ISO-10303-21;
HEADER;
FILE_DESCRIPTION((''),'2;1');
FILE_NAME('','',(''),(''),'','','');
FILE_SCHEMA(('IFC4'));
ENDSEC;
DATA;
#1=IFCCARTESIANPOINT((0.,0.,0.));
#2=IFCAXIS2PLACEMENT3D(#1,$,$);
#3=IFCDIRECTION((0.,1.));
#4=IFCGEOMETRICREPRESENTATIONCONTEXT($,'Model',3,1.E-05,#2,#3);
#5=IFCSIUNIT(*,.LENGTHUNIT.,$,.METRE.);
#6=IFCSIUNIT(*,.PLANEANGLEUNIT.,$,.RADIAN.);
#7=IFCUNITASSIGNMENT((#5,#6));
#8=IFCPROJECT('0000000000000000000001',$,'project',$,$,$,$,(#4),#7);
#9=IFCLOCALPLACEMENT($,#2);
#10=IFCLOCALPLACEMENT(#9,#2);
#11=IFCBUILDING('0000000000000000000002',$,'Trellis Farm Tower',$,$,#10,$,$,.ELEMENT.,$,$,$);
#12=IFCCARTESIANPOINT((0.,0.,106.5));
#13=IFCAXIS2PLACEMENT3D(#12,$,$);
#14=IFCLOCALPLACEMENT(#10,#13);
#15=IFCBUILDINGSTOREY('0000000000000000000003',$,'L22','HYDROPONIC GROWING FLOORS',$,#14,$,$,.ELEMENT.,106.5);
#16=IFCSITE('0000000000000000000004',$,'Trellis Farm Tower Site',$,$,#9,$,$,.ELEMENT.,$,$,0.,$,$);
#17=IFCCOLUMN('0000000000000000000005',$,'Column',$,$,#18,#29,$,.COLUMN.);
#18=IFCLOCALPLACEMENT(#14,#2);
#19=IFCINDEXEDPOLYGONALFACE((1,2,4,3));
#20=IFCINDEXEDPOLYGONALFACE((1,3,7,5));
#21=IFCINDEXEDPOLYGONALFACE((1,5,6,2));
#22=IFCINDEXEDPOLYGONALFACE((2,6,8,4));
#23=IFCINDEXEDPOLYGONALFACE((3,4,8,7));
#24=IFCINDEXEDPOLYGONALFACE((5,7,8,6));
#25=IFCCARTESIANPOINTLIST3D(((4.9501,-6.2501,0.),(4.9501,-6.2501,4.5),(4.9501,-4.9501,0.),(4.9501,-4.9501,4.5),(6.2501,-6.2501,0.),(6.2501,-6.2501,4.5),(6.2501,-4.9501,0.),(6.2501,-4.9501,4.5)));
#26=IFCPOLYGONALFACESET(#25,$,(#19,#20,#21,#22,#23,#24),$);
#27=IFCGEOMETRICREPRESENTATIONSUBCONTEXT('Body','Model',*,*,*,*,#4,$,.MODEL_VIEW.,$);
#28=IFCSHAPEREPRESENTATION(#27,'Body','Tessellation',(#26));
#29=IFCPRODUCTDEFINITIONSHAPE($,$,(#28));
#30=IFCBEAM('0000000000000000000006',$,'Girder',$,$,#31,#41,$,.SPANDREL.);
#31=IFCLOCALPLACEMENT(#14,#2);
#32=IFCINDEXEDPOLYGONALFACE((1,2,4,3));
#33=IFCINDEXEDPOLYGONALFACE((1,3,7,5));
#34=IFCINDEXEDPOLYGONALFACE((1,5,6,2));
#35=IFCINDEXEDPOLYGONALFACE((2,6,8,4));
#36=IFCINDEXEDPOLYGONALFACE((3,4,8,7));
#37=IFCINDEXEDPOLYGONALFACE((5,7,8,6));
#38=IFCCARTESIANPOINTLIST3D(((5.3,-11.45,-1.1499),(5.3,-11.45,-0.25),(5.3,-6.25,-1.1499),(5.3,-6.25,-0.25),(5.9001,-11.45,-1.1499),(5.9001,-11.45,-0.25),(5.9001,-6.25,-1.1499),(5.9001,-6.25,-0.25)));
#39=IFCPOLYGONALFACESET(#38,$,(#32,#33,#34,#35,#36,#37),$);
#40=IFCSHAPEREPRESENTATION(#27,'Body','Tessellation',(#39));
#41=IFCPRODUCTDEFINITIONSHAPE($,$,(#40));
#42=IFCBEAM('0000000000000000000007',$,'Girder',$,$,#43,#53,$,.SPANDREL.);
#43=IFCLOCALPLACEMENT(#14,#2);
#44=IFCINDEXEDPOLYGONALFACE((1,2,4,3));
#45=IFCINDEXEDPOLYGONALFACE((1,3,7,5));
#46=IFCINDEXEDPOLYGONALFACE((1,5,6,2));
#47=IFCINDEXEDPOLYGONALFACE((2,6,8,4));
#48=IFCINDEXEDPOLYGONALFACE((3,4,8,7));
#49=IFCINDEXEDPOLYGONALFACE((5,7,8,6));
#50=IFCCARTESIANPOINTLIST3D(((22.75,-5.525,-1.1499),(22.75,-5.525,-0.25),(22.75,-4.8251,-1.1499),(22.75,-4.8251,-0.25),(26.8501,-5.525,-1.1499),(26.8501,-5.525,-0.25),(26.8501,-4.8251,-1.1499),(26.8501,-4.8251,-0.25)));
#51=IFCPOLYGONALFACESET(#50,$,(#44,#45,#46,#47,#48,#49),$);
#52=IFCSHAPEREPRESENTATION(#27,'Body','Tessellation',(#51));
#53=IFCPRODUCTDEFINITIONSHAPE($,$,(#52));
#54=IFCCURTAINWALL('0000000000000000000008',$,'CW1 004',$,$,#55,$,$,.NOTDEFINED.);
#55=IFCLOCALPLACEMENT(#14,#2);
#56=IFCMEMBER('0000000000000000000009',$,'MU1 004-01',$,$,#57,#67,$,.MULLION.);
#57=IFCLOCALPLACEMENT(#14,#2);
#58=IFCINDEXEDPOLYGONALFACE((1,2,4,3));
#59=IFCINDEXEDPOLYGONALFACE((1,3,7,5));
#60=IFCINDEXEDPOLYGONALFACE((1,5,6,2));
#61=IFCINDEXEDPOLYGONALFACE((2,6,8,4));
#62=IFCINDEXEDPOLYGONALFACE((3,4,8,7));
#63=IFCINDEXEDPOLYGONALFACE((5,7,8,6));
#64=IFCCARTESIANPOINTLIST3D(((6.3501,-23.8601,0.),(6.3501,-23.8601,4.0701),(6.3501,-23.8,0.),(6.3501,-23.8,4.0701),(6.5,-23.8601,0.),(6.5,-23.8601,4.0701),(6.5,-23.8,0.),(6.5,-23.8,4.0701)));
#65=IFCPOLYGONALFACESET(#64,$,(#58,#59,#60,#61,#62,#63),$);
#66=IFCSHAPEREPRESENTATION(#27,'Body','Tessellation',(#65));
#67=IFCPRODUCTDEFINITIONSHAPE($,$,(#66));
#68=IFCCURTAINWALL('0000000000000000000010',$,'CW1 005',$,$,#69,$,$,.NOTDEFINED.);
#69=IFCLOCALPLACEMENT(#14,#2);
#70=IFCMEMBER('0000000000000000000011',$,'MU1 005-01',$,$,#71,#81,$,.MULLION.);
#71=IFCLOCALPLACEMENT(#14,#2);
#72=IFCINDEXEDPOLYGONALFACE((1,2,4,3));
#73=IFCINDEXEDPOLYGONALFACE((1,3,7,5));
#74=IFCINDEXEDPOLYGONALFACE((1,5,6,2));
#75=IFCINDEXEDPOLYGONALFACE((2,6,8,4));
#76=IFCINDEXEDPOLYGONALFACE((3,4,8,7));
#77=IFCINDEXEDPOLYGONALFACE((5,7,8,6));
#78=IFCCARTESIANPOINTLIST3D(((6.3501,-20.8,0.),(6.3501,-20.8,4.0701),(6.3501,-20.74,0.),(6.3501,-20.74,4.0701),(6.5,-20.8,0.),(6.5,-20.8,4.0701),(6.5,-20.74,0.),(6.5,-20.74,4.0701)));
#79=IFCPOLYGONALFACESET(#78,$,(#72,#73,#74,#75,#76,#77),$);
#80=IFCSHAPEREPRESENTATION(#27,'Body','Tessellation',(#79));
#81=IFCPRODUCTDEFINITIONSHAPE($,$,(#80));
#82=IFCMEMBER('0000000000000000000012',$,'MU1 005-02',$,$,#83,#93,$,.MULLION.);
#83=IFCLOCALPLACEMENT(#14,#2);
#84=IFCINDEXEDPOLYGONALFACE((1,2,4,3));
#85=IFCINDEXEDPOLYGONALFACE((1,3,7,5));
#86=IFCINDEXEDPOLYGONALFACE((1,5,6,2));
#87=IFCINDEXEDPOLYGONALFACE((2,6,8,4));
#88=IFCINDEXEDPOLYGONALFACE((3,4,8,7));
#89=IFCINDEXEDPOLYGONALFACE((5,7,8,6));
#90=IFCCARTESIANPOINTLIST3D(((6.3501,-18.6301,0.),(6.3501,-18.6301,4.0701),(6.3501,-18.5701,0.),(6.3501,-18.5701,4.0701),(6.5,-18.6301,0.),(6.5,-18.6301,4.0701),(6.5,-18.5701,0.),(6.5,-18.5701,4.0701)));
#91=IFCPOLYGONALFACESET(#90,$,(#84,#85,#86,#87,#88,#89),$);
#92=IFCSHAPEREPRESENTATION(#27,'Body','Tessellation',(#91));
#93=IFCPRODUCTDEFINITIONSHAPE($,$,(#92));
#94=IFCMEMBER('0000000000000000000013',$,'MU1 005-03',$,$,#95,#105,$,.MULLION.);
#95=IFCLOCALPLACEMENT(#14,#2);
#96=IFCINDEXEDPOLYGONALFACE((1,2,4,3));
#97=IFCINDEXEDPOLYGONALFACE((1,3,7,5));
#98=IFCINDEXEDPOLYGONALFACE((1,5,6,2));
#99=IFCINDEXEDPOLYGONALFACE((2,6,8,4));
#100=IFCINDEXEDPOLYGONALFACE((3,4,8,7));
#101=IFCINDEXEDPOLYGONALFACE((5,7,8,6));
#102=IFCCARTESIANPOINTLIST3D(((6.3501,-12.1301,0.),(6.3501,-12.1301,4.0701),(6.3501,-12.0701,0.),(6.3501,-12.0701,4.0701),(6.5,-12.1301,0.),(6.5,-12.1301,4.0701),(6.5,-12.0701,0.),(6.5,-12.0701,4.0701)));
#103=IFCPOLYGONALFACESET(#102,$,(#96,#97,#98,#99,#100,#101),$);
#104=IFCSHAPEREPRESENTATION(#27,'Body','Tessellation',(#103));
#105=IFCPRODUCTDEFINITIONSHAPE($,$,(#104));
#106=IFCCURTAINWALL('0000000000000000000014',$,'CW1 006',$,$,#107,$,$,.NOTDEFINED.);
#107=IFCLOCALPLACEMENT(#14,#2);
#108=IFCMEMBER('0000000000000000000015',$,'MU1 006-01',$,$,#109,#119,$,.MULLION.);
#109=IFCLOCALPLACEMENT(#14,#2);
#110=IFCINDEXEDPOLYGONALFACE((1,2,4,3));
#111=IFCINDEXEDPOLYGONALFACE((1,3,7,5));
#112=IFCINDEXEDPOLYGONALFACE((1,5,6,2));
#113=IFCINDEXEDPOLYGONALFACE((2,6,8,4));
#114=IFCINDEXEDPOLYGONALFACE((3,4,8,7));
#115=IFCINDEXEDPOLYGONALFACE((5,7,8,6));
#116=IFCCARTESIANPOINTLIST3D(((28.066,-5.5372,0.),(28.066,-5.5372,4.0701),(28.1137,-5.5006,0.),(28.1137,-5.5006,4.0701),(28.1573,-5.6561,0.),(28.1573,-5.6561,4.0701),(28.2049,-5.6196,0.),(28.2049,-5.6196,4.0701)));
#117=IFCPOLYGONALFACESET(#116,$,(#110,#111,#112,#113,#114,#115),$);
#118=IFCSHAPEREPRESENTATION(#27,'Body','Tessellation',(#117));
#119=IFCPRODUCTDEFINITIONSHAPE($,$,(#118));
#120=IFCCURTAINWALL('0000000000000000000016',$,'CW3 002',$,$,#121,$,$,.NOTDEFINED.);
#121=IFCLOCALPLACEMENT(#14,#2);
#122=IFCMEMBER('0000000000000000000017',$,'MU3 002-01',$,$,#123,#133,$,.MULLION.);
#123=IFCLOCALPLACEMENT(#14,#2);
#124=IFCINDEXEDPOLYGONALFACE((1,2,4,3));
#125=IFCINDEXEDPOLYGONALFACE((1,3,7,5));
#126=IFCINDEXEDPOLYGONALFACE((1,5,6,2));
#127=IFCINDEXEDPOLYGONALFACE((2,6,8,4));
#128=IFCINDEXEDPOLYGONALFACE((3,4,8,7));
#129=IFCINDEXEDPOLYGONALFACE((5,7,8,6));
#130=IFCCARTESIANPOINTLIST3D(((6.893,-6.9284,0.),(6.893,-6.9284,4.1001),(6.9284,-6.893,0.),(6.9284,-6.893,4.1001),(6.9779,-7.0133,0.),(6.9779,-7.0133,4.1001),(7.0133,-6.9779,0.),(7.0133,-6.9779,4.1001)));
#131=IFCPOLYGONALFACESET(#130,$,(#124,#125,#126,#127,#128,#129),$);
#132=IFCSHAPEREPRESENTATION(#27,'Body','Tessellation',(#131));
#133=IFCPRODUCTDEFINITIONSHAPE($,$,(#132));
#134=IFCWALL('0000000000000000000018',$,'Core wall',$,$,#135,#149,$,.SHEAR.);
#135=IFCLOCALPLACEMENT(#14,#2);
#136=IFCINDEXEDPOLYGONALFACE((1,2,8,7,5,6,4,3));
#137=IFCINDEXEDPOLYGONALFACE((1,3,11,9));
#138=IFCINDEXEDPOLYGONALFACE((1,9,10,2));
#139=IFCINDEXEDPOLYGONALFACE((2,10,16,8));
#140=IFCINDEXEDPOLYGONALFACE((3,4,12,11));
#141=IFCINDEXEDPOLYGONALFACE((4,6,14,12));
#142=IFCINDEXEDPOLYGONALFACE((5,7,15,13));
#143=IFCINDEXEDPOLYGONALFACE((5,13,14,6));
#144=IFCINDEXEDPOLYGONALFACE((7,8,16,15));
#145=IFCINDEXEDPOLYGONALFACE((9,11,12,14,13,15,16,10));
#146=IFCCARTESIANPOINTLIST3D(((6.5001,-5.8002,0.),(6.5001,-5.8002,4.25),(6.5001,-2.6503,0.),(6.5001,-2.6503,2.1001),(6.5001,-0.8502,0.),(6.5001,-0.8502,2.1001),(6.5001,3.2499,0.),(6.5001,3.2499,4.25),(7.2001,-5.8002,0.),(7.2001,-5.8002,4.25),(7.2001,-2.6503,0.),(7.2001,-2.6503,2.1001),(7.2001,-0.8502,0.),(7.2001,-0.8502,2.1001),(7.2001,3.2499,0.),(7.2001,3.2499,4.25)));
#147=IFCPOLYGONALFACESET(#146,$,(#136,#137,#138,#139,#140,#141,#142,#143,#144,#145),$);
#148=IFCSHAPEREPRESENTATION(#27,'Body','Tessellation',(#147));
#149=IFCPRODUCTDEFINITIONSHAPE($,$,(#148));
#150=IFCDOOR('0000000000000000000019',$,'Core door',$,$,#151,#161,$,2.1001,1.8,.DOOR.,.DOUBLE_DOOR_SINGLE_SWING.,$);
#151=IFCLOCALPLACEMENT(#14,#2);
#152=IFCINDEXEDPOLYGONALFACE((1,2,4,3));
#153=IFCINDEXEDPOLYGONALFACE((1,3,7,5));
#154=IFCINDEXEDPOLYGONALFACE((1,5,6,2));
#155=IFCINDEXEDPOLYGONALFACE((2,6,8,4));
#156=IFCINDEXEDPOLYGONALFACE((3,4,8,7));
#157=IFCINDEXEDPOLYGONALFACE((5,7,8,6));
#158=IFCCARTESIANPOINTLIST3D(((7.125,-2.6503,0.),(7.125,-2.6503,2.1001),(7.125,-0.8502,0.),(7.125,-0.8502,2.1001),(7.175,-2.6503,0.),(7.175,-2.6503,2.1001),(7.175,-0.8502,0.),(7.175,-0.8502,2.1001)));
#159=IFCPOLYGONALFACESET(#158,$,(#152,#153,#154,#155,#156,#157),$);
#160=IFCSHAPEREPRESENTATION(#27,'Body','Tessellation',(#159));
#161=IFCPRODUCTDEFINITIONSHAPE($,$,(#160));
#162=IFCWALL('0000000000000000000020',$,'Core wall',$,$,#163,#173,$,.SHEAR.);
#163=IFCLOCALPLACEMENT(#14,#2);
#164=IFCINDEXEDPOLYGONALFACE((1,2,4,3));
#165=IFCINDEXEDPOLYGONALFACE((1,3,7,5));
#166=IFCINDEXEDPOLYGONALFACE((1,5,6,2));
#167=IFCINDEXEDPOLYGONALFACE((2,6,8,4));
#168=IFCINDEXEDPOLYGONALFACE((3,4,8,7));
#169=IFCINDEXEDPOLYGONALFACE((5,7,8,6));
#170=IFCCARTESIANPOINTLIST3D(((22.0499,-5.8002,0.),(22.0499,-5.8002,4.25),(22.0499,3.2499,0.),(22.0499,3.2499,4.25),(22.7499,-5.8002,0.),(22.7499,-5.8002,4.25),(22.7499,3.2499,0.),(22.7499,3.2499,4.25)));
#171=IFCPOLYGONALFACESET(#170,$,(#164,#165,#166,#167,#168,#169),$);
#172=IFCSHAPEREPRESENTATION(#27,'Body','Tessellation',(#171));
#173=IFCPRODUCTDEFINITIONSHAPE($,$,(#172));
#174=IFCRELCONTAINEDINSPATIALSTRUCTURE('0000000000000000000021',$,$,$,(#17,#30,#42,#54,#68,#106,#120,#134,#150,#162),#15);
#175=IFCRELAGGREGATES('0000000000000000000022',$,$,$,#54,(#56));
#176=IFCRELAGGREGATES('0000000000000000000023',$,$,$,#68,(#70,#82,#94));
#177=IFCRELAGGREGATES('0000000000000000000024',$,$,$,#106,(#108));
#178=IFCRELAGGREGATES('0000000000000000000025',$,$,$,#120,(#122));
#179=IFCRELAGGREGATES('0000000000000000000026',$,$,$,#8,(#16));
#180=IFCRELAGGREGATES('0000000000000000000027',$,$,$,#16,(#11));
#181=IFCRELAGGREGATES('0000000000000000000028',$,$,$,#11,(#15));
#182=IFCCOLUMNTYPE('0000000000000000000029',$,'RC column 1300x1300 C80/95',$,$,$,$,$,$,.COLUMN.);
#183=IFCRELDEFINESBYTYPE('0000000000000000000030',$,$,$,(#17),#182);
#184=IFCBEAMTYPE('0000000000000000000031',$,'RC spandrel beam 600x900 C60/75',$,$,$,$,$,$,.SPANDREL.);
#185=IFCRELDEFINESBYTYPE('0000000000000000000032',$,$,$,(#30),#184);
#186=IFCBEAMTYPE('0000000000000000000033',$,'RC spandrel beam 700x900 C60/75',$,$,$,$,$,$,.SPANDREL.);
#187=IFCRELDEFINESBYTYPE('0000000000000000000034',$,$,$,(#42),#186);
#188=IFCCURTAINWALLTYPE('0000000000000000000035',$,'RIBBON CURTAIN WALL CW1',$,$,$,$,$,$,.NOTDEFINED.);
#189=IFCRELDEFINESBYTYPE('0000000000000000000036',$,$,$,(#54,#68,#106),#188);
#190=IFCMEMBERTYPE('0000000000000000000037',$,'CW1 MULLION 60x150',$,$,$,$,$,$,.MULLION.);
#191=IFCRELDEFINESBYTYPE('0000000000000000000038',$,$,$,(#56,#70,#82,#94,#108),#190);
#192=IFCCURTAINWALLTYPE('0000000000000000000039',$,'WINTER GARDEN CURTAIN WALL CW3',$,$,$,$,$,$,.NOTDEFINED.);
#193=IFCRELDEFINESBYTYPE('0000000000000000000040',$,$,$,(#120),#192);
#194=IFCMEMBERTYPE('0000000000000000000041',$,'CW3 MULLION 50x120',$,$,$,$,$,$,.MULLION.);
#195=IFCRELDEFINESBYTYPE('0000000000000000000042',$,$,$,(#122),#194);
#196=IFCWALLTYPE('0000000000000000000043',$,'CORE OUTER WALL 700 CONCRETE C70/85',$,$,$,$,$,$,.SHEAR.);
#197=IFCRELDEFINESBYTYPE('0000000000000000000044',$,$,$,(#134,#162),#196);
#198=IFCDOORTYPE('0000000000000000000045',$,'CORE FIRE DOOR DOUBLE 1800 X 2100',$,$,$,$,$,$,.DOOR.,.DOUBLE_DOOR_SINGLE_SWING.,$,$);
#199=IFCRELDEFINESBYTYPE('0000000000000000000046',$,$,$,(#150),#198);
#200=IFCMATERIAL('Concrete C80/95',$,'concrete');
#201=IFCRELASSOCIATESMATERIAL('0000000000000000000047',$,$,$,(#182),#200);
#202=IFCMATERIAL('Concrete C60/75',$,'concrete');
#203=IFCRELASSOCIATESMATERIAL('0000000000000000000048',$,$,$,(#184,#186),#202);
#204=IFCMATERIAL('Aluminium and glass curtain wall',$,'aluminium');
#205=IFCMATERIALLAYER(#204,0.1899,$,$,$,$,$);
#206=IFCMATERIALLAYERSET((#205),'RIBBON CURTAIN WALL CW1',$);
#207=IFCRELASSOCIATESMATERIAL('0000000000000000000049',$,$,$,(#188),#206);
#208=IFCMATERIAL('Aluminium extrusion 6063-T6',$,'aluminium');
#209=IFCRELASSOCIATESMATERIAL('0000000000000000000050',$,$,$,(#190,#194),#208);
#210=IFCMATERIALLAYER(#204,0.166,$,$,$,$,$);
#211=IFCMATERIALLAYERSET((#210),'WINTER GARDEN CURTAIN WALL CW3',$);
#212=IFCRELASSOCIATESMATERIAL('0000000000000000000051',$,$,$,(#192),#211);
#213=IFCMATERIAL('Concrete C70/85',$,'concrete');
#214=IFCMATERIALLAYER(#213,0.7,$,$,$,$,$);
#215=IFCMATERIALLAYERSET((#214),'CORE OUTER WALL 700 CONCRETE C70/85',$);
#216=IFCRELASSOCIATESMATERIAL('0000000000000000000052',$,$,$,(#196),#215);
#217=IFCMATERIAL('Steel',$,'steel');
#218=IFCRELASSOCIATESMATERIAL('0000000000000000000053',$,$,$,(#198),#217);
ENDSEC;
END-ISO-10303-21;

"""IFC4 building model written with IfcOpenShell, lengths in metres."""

from ifc_helpers import new_model, si_unit, direction, frame, frame_2d, origin, origin_2d, place, context, subcontext, project, spatial, rectangle, extrude, source, transform, mapped, material, layer, layer_set, material_profile, profile_set, type_object, element, fill, aggregate, save


model = new_model("IFC4")

# Units and contexts
model_context = context("Model", 3, precision=1e-05, world=origin(), true_north=direction((0.0, 1.0)))
body_context = subcontext(model_context, "Body", "Model", "MODEL_VIEW")
ifc_project = project(units=[si_unit("LENGTHUNIT", "METRE"), si_unit("PLANEANGLEUNIT", "RADIAN")], contexts=[model_context])

# Site, building, storey
site_placement = place(None, origin())
site = spatial("IfcSite", under=ifc_project, at=site_placement, Name="Trellis Farm Tower Site", CompositionType="ELEMENT", RefElevation=0.0)
building_placement = place(site_placement, origin())
building = spatial("IfcBuilding", under=site, at=building_placement, Name="Trellis Farm Tower", CompositionType="ELEMENT")
storey_placement = place(building_placement, frame((0.0, 0.0, 106.5)))
storey = spatial("IfcBuildingStorey", under=building, at=storey_placement, Name="L22", Description="HYDROPONIC GROWING FLOORS", CompositionType="ELEMENT", Elevation=106.5)

# Column
ifc_material_1 = material(Name="Concrete C80/95", Category="concrete")
ifc_material_profile_1 = material_profile(ifc_material_1, rectangle(XDim=1.3, YDim=1.3, at=origin_2d()), Name="RC column 1300x1300 C80/95")
ifc_profile_set_1 = profile_set([ifc_material_profile_1], Name="Concrete C80/95")
column_type = type_object("IfcColumnType", Name="RC column 1300x1300 C80/95", PredefinedType="COLUMN", material=ifc_profile_set_1)
shared_shape_1 = source(origin(), body_context, "Body", "SweptSolid", [
    extrude(rectangle(XDim=1.3, YDim=1.3, at=origin_2d()), origin(), (0.0, 0.0, 1.0), 4.5),
])
column_placement = place(storey_placement, frame((5.6001, -5.6001, 0.0), z_axis=(0.0, 0.0, 1.0), x_axis=(1.0, 0.0, 0.0)))
element("IfcColumn", 1, at=column_placement, inside=storey, type_object=column_type, Name="Column", PredefinedType="COLUMN", context=body_context, shape_type="MappedRepresentation", body=[
    mapped(shared_shape_1, transform((0.0, 0.0, 0.0))),
])

# Beams
ifc_material_2 = material(Name="Concrete C60/75", Category="concrete")
ifc_material_profile_2 = material_profile(ifc_material_2, rectangle(XDim=0.6001, YDim=0.8999, at=origin_2d()), Name="RC spandrel beam 600x900 C60/75")
ifc_profile_set_2 = profile_set([ifc_material_profile_2], Name="Concrete C60/75")
beam_type_1 = type_object("IfcBeamType", Name="RC spandrel beam 600x900 C60/75", PredefinedType="SPANDREL", material=ifc_profile_set_2)
shared_shape_2 = source(origin(), body_context, "Body", "SweptSolid", [
    extrude(rectangle(XDim=0.6001, YDim=0.8999, at=origin_2d()), origin(), (0.0, 0.0, 1.0), 5.2),
])
beam_1_placement = place(storey_placement, frame((5.6001, -11.45, -0.7), z_axis=(0.0, 1.0, 0.0), x_axis=(-1.0, 0.0, 0.0)))
element("IfcBeam", 2, at=beam_1_placement, inside=storey, type_object=beam_type_1, Name="Girder", PredefinedType="SPANDREL", context=body_context, shape_type="MappedRepresentation", body=[
    mapped(shared_shape_2, transform((0.0, 0.0, 0.0))),
])
ifc_material_profile_3 = material_profile(ifc_material_2, rectangle(XDim=0.7, YDim=0.8999, at=origin_2d()), Name="RC spandrel beam 700x900 C60/75")
ifc_profile_set_3 = profile_set([ifc_material_profile_3], Name="Concrete C60/75")
beam_type_2 = type_object("IfcBeamType", Name="RC spandrel beam 700x900 C60/75", PredefinedType="SPANDREL", material=ifc_profile_set_3)
shared_shape_3 = source(origin(), body_context, "Body", "SweptSolid", [
    extrude(rectangle(XDim=0.7, YDim=0.8999, at=origin_2d()), origin(), (0.0, 0.0, 1.0), 4.1001),
])
beam_2_placement = place(storey_placement, frame((22.75, -5.175, -0.7), z_axis=(1.0, 0.0, 0.0), x_axis=(0.0, 1.0, 0.0)))
element("IfcBeam", 3, at=beam_2_placement, inside=storey, type_object=beam_type_2, Name="Girder", PredefinedType="SPANDREL", context=body_context, shape_type="MappedRepresentation", body=[
    mapped(shared_shape_3, transform((0.0, 0.0, 0.0))),
])

# Curtain wall, member
ifc_material_3 = material(Name="Aluminium and glass curtain wall", Category="aluminium")
ifc_layer_1 = layer(ifc_material_3, 0.1899)
ifc_layer_set_1 = layer_set([ifc_layer_1], Name="RIBBON CURTAIN WALL CW1")
curtain_wall_type_1 = type_object("IfcCurtainWallType", Name="RIBBON CURTAIN WALL CW1", PredefinedType="NOTDEFINED", material=ifc_layer_set_1)
placement = place(storey_placement, origin())
curtain_wall_1 = element("IfcCurtainWall", 4, at=placement, inside=storey, type_object=curtain_wall_type_1, Name="CW1 004", PredefinedType="NOTDEFINED")
ifc_material_4 = material(Name="Aluminium extrusion 6063-T6", Category="aluminium")
ifc_material_profile_4 = material_profile(ifc_material_4, rectangle(XDim=0.0601, YDim=0.1499, at=origin_2d()), Name="MULLION 60x150")
ifc_profile_set_4 = profile_set([ifc_material_profile_4], Name="Aluminium extrusion 6063-T6")
member_type_1 = type_object("IfcMemberType", Name="CW1 MULLION 60x150", PredefinedType="MULLION", material=ifc_profile_set_4)
shared_shape_4 = source(origin(), body_context, "Body", "SweptSolid", [
    extrude(rectangle(XDim=0.0601, YDim=0.1499, at=origin_2d()), origin(), (0.0, 0.0, 1.0), 4.0701),
])
member_1_placement = place(storey_placement, frame((6.425, -23.8301, 0.0), z_axis=(0.0, 0.0, 1.0), x_axis=(0.0, 1.0, 0.0)))
member_1 = element("IfcMember", 5, at=member_1_placement, type_object=member_type_1, Name="MU1 004-01", PredefinedType="MULLION", context=body_context, shape_type="MappedRepresentation", body=[
    mapped(shared_shape_4, transform((0.0, 0.0, 0.0))),
])
aggregate(curtain_wall_1, [member_1])

# Curtain wall, members
curtain_wall_2 = element("IfcCurtainWall", 6, at=placement, inside=storey, type_object=curtain_wall_type_1, Name="CW1 005", PredefinedType="NOTDEFINED")
member_2_placement = place(storey_placement, frame((6.425, -20.77, 0.0), z_axis=(0.0, 0.0, 1.0), x_axis=(0.0, 1.0, 0.0)))
member_2 = element("IfcMember", 7, at=member_2_placement, type_object=member_type_1, Name="MU1 005-01", PredefinedType="MULLION", context=body_context, shape_type="MappedRepresentation", body=[
    mapped(shared_shape_4, transform((0.0, 0.0, 0.0))),
])
member_3_placement = place(storey_placement, frame((6.425, -18.6001, 0.0), z_axis=(0.0, 0.0, 1.0), x_axis=(0.0, 1.0, 0.0)))
member_3 = element("IfcMember", 8, at=member_3_placement, type_object=member_type_1, Name="MU1 005-02", PredefinedType="MULLION", context=body_context, shape_type="MappedRepresentation", body=[
    mapped(shared_shape_4, transform((0.0, 0.0, 0.0))),
])
member_4_placement = place(storey_placement, frame((6.425, -12.1001, 0.0), z_axis=(0.0, 0.0, 1.0), x_axis=(0.0, 1.0, 0.0)))
member_4 = element("IfcMember", 9, at=member_4_placement, type_object=member_type_1, Name="MU1 005-03", PredefinedType="MULLION", context=body_context, shape_type="MappedRepresentation", body=[
    mapped(shared_shape_4, transform((0.0, 0.0, 0.0))),
])
aggregate(curtain_wall_2, [member_2, member_3, member_4])

# Curtain walls, members
curtain_wall_3 = element("IfcCurtainWall", 10, at=placement, inside=storey, type_object=curtain_wall_type_1, Name="CW1 006", PredefinedType="NOTDEFINED")
member_5_placement = place(storey_placement, frame((28.1355, -5.5784, 0.0), z_axis=(0.0, 0.0, 1.0), x_axis=(0.793353, 0.608761, 0.0)))
member_5 = element("IfcMember", 11, at=member_5_placement, type_object=member_type_1, Name="MU1 006-01", PredefinedType="MULLION", context=body_context, shape_type="MappedRepresentation", body=[
    mapped(shared_shape_4, transform((0.0, 0.0, 0.0))),
])
aggregate(curtain_wall_3, [member_5])
ifc_layer_2 = layer(ifc_material_3, 0.166)
ifc_layer_set_2 = layer_set([ifc_layer_2], Name="WINTER GARDEN CURTAIN WALL CW3")
curtain_wall_type_2 = type_object("IfcCurtainWallType", Name="WINTER GARDEN CURTAIN WALL CW3", PredefinedType="NOTDEFINED", material=ifc_layer_set_2)
curtain_wall_4 = element("IfcCurtainWall", 12, at=placement, inside=storey, type_object=curtain_wall_type_2, Name="CW3 002", PredefinedType="NOTDEFINED")
ifc_material_profile_5 = material_profile(ifc_material_4, rectangle(XDim=0.05, YDim=0.1201, at=origin_2d()), Name="MULLION 50x120")
ifc_profile_set_5 = profile_set([ifc_material_profile_5], Name="Aluminium extrusion 6063-T6")
member_type_2 = type_object("IfcMemberType", Name="CW3 MULLION 50x120", PredefinedType="MULLION", material=ifc_profile_set_5)
shared_shape_5 = source(origin(), body_context, "Body", "SweptSolid", [
    extrude(rectangle(XDim=0.05, YDim=0.1201, at=origin_2d()), origin(), (0.0, 0.0, 1.0), 4.1001),
])
member_6_placement = place(storey_placement, frame((6.9531, -6.9531, 0.0), z_axis=(0.0, 0.0, 1.0), x_axis=(0.707107, 0.707107, 0.0)))
member_6 = element("IfcMember", 13, at=member_6_placement, type_object=member_type_2, Name="MU3 002-01", PredefinedType="MULLION", context=body_context, shape_type="MappedRepresentation", body=[
    mapped(shared_shape_5, transform((0.0, 0.0, 0.0))),
])
aggregate(curtain_wall_4, [member_6])

# Wall, opening, door
ifc_material_5 = material(Name="Concrete C70/85", Category="concrete")
ifc_layer_3 = layer(ifc_material_5, 0.7)
ifc_layer_set_3 = layer_set([ifc_layer_3], Name="CORE OUTER WALL 700 CONCRETE C70/85")
wall_type_1 = type_object("IfcWallType", Name="CORE OUTER WALL 700 CONCRETE C70/85", PredefinedType="SHEAR", material=ifc_layer_set_3)
shared_shape_6 = source(origin(), body_context, "Body", "SweptSolid", [
    extrude(rectangle(XDim=9.05, YDim=0.7, at=frame_2d((4.5249, 0.0))), origin(), (0.0, 0.0, 1.0), 4.25),
])
wall_1_placement = place(storey_placement, frame((6.8501, -5.8, 0.0), z_axis=(0.0, 0.0, 1.0), x_axis=(0.0, 1.0, 0.0)))
wall_1 = element("IfcWall", 14, at=wall_1_placement, inside=storey, type_object=wall_type_1, Name="Core wall", PredefinedType="SHEAR", context=body_context, shape_type="MappedRepresentation", body=[
    mapped(shared_shape_6, transform((0.0, 0.0, 0.0))),
])
shared_shape_7 = source(origin(), body_context, "Body", "SweptSolid", [
    extrude(rectangle(XDim=1.8, YDim=2.1001, at=frame_2d((0.8999, 1.05))), frame((0.0, 0.3601, 0.0), z_axis=(0.0, -1.0, 0.0), x_axis=(1.0, 0.0, 0.0)), (0.0, 0.0, 1.0), 0.7202),
])
opening_1_placement = place(wall_1_placement, frame((3.1499, 0.0, 0.0)))
opening_1 = element("IfcOpeningElement", 15, at=opening_1_placement, cuts=wall_1, PredefinedType="OPENING", context=body_context, shape_type="MappedRepresentation", body=[
    mapped(shared_shape_7, transform((0.0, 0.0, 0.0))),
])
ifc_material_6 = material(Name="Steel", Category="steel")
door_type_1 = type_object("IfcDoorType", Name="CORE FIRE DOOR DOUBLE 1800 X 2100", OperationType="DOUBLE_DOOR_SINGLE_SWING", PredefinedType="DOOR", material=ifc_material_6)
shared_shape_8 = source(origin(), body_context, "Body", "SweptSolid", [
    extrude(rectangle(XDim=1.8, YDim=2.1001, at=frame_2d((0.8999, 1.05))), frame((0.0, -0.2749, 0.0), z_axis=(0.0, -1.0, 0.0), x_axis=(1.0, 0.0, 0.0)), (0.0, 0.0, 1.0), 0.05),
])
door_1_placement = place(opening_1_placement, origin())
door_1 = element("IfcDoor", 16, at=door_1_placement, inside=storey, type_object=door_type_1, Name="Core door", OperationType="DOUBLE_DOOR_SINGLE_SWING", OverallHeight=2.1001, OverallWidth=1.8, PredefinedType="DOOR", context=body_context, shape_type="MappedRepresentation", body=[
    mapped(shared_shape_8, transform((0.0, 0.0, 0.0))),
])
fill(opening_1, door_1)

# Wall
wall_2_placement = place(storey_placement, frame((22.3999, -5.8, 0.0), z_axis=(0.0, 0.0, 1.0), x_axis=(0.0, 1.0, 0.0)))
element("IfcWall", 17, at=wall_2_placement, inside=storey, type_object=wall_type_1, Name="Core wall", PredefinedType="SHEAR", context=body_context, shape_type="MappedRepresentation", body=[
    mapped(shared_shape_6, transform((0.0, 0.0, 0.0))),
])

save(model, "model.ifc")
